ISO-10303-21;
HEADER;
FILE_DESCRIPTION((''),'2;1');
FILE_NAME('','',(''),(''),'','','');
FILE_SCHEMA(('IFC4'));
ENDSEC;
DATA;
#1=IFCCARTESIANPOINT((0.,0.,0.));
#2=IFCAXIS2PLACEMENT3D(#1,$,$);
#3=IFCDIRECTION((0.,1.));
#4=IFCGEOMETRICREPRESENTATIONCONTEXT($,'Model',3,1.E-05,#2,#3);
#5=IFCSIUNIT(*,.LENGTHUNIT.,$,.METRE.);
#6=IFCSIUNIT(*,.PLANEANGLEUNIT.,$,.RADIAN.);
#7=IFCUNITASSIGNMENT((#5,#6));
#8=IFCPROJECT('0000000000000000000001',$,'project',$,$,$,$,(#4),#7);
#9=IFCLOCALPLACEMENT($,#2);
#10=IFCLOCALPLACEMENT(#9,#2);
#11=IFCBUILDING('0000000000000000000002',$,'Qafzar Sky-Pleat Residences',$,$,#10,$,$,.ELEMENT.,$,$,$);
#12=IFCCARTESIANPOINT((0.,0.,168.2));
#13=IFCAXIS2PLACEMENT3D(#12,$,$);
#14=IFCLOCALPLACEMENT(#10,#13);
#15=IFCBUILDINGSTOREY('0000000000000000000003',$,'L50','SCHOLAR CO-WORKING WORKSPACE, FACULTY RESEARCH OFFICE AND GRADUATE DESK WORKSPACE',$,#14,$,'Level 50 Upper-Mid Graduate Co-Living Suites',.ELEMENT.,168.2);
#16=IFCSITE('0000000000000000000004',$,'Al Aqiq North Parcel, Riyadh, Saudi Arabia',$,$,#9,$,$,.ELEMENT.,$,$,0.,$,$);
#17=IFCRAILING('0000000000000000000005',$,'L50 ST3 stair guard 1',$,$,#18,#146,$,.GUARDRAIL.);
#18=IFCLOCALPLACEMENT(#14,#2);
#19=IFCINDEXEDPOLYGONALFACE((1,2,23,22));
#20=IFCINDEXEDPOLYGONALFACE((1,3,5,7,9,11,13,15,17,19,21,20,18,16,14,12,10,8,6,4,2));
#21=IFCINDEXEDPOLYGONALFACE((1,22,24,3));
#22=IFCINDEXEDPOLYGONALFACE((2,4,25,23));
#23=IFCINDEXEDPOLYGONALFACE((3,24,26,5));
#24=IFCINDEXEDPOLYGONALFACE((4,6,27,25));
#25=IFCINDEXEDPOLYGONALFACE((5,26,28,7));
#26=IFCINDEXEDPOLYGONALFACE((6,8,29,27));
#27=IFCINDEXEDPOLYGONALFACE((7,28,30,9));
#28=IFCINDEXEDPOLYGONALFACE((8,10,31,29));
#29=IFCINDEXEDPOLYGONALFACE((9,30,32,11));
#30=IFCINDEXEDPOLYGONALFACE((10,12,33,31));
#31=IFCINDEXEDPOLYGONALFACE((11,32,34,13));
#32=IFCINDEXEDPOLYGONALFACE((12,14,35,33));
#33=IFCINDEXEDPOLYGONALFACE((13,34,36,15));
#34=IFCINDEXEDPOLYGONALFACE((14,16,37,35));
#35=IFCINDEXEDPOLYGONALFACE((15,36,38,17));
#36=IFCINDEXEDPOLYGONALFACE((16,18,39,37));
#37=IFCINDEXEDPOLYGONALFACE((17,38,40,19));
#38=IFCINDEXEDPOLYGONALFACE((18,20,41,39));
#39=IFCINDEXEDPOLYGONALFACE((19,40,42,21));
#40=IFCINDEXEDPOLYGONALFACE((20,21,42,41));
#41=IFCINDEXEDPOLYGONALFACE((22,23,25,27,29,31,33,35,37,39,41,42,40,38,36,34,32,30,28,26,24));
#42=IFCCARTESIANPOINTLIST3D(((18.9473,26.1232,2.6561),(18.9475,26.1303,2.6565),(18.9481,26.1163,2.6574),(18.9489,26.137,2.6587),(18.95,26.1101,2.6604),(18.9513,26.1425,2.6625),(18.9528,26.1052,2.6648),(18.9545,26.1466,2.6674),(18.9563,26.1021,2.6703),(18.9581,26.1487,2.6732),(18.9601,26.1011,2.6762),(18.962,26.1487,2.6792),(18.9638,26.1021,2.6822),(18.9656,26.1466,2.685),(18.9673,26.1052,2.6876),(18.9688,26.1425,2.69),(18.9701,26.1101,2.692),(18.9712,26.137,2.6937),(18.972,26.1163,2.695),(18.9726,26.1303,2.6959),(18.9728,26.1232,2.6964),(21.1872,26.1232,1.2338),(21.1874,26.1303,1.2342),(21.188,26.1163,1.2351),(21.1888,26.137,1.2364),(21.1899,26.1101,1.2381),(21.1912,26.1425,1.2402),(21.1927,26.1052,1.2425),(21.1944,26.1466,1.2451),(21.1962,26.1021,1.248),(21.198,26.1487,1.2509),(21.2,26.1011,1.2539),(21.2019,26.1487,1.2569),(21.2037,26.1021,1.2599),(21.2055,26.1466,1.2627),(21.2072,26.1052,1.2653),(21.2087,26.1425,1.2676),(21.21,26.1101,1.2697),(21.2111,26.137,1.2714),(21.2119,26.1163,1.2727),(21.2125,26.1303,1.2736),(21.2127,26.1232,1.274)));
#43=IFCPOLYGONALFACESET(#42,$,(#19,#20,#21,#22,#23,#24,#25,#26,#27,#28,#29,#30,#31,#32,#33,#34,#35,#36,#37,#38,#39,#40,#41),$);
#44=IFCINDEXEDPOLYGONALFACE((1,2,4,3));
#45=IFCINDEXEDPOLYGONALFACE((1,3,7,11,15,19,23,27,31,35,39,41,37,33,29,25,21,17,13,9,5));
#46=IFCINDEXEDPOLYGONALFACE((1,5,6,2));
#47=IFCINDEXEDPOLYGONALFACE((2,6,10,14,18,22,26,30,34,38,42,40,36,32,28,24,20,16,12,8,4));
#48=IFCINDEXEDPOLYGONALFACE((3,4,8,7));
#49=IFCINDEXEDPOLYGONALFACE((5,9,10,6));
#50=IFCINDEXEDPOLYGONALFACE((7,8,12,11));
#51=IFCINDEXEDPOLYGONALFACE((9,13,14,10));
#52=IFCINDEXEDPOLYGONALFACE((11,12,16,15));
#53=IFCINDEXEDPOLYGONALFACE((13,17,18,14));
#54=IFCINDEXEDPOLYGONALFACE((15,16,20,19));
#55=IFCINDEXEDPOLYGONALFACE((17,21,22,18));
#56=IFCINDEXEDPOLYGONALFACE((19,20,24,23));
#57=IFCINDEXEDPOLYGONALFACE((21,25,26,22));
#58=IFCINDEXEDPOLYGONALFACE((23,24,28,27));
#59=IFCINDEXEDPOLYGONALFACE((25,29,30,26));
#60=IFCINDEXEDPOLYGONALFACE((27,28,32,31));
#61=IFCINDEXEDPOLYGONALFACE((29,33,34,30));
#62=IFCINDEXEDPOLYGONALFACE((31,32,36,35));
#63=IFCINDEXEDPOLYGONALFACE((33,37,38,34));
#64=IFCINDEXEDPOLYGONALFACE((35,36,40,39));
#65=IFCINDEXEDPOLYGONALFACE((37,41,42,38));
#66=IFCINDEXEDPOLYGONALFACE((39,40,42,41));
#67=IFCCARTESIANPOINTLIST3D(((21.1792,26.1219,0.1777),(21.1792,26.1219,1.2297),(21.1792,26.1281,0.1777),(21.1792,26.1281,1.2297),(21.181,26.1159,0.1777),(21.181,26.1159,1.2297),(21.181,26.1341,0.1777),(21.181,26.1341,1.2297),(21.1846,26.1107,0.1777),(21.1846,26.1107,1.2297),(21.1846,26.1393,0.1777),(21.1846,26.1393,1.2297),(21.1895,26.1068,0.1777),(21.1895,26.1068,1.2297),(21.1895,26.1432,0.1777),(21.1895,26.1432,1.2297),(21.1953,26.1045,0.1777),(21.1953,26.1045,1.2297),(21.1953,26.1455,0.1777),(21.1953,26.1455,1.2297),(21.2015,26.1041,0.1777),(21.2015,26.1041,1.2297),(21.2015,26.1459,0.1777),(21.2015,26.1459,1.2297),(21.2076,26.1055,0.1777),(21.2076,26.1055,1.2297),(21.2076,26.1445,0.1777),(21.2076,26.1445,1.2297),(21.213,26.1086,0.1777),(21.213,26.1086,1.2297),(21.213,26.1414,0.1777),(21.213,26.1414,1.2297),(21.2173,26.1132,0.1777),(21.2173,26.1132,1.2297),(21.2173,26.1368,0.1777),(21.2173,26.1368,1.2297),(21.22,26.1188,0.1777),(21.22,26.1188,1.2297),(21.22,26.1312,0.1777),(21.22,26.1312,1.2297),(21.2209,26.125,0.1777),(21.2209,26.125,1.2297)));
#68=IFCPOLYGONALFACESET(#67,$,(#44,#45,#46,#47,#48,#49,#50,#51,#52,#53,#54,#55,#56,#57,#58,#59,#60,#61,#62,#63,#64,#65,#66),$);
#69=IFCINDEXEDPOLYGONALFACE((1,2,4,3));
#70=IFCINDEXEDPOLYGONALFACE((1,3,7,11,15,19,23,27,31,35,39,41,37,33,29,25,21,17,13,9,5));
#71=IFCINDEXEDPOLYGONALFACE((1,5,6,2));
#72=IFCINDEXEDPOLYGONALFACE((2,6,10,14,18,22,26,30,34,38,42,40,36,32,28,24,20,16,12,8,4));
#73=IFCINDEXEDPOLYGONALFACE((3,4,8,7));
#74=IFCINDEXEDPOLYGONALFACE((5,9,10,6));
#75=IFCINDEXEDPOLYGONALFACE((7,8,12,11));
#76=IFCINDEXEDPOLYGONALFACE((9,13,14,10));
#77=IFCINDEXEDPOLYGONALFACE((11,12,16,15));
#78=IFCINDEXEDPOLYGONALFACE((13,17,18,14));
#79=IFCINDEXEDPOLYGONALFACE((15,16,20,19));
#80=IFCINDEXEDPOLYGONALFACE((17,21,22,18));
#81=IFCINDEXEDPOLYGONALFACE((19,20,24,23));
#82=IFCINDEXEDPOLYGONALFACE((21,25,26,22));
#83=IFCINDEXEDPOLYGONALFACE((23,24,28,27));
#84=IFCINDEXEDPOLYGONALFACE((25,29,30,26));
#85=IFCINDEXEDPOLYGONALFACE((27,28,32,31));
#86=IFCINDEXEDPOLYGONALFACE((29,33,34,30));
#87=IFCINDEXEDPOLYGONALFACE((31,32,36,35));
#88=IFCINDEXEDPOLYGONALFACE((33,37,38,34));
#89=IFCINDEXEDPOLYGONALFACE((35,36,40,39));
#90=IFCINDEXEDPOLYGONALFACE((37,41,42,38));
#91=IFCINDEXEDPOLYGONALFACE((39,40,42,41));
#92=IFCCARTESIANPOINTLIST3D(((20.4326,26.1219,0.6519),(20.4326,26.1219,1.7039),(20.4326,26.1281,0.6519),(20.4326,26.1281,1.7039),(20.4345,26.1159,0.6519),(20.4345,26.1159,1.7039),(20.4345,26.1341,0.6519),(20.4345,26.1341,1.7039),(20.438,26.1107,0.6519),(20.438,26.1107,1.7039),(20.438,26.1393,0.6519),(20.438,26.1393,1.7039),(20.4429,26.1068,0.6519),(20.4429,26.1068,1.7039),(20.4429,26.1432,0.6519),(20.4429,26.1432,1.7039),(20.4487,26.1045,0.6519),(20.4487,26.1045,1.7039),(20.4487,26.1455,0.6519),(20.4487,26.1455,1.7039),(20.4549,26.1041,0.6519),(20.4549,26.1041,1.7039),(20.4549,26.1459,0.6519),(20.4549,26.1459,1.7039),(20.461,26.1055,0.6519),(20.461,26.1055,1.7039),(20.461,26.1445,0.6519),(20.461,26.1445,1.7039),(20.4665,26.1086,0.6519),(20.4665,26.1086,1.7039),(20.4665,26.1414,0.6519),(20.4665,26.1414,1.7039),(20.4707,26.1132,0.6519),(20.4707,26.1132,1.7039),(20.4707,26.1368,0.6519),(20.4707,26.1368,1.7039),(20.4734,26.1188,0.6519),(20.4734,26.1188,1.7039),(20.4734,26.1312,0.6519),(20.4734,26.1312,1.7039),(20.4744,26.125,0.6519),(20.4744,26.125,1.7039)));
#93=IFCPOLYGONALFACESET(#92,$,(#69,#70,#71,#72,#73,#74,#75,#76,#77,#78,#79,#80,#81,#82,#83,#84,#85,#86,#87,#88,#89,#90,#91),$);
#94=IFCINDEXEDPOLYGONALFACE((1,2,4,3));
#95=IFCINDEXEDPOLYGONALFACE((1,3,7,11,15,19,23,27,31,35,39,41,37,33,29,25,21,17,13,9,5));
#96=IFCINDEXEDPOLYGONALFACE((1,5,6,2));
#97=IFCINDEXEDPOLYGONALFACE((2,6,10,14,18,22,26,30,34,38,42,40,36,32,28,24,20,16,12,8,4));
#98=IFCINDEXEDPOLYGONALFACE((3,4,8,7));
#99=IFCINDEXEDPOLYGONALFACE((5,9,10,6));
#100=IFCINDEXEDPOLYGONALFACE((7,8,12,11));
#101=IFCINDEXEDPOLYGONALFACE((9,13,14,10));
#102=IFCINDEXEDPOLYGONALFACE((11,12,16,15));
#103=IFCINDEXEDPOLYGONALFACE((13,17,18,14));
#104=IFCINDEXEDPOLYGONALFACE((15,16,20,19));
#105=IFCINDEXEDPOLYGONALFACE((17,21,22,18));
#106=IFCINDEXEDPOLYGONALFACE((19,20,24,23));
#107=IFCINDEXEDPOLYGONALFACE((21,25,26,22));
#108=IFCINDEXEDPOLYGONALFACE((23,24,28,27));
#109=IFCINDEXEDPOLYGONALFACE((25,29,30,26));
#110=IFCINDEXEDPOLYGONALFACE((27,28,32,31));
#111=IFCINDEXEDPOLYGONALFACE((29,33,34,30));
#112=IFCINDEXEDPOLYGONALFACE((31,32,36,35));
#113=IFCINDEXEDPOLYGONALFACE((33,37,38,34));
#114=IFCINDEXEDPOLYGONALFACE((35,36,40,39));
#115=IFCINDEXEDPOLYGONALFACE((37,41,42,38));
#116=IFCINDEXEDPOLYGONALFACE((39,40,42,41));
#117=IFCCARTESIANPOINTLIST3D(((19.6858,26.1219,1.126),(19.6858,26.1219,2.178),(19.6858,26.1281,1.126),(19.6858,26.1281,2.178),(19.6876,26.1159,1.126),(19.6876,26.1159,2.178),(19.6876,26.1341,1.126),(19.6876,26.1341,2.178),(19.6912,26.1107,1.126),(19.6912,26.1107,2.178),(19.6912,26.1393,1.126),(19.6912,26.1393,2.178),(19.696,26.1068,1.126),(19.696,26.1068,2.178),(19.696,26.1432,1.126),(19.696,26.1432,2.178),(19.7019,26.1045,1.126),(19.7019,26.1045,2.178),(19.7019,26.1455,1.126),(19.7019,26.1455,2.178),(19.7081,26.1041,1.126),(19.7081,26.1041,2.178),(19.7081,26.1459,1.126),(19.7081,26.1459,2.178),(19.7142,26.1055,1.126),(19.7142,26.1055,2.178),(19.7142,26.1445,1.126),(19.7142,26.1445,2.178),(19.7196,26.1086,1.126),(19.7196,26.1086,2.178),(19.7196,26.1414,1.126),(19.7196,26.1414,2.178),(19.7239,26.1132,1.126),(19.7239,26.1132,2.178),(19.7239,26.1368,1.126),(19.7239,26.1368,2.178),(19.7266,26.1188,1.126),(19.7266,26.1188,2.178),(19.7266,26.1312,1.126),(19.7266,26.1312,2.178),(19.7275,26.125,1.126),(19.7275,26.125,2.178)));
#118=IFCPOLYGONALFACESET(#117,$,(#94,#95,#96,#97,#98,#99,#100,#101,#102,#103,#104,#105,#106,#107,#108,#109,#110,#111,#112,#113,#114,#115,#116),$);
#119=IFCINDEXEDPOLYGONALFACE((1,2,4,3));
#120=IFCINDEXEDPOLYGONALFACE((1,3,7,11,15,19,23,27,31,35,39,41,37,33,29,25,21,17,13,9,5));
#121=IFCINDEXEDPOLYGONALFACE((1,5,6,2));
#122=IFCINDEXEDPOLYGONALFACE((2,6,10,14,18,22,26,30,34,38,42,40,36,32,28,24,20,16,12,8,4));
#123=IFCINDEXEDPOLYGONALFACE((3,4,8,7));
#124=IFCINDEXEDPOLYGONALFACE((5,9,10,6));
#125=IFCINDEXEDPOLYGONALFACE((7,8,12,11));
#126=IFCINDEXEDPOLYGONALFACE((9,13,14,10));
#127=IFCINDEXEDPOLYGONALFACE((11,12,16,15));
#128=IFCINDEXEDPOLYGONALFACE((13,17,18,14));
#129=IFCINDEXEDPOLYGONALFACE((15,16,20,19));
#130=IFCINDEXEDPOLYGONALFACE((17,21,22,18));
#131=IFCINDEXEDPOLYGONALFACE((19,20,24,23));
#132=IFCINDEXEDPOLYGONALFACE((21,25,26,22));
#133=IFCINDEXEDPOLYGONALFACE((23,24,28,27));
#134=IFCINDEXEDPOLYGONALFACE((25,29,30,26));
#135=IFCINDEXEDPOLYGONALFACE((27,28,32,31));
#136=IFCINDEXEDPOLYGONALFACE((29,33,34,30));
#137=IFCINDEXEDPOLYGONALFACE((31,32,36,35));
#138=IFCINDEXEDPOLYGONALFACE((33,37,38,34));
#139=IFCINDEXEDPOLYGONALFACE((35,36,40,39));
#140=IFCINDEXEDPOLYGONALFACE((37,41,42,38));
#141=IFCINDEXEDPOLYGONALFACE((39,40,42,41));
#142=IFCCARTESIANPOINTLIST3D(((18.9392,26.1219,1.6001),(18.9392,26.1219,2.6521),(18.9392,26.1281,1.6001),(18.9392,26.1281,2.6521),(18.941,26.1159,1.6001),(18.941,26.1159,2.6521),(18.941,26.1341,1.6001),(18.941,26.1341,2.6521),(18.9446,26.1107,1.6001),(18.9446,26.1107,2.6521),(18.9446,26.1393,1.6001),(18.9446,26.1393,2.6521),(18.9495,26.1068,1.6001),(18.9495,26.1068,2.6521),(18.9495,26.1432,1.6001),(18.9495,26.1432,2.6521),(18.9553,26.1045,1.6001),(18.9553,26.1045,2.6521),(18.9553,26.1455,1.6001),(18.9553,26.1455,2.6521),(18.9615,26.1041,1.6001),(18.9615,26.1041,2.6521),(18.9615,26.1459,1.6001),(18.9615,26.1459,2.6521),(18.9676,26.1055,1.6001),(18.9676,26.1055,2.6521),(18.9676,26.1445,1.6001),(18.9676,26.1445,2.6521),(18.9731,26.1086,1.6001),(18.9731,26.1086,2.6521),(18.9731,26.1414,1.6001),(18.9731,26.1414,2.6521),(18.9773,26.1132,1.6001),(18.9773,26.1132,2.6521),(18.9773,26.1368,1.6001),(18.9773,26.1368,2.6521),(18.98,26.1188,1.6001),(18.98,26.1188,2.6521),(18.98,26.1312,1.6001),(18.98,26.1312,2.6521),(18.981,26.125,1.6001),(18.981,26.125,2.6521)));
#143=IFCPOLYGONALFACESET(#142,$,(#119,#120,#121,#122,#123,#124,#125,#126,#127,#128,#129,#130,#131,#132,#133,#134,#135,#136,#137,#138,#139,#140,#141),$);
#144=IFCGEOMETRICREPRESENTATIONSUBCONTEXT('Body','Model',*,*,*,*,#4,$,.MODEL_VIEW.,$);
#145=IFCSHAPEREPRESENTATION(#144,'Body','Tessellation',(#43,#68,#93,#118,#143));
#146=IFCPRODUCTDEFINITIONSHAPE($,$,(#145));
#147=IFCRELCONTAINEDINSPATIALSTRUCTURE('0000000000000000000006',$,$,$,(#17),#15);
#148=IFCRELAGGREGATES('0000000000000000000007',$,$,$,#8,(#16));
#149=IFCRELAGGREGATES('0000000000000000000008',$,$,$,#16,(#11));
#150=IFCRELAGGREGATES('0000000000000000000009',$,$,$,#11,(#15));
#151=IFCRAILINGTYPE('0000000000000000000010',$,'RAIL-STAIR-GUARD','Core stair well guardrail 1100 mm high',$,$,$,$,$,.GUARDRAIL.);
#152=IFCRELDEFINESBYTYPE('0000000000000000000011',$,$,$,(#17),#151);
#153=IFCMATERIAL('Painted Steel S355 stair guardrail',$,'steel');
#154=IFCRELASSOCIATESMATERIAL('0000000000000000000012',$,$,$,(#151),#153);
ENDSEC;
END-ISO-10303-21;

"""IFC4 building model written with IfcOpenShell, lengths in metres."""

from ifc_helpers import new_model, si_unit, direction, frame, origin, origin_2d, place, context, subcontext, project, spatial, circle, extrude, source, transform, mapped, material, type_object, element, save


model = new_model("IFC4")

# Units and contexts
model_context = context("Model", 3, precision=1e-05, world=origin(), true_north=direction((0.0, 1.0)))
body_context = subcontext(model_context, "Body", "Model", "MODEL_VIEW")
ifc_project = project(units=[si_unit("LENGTHUNIT", "METRE"), si_unit("PLANEANGLEUNIT", "RADIAN")], contexts=[model_context])

# Site, building, storey
site_placement = place(None, origin())
site = spatial("IfcSite", under=ifc_project, at=site_placement, Name="Al Aqiq North Parcel, Riyadh, Saudi Arabia", CompositionType="ELEMENT", RefElevation=0.0)
building_placement = place(site_placement, origin())
building = spatial("IfcBuilding", under=site, at=building_placement, Name="Qafzar Sky-Pleat Residences", CompositionType="ELEMENT")
storey_placement = place(building_placement, frame((0.0, 0.0, 168.2)))
storey = spatial("IfcBuildingStorey", under=building, at=storey_placement, Name="L50", Description="SCHOLAR CO-WORKING WORKSPACE, FACULTY RESEARCH OFFICE AND GRADUATE DESK WORKSPACE", LongName="Level 50 Upper-Mid Graduate Co-Living Suites", CompositionType="ELEMENT", Elevation=168.2)

# Railing
ifc_material_1 = material(Name="Painted Steel S355 stair guardrail", Category="steel")
railing_type = type_object("IfcRailingType", Name="RAIL-STAIR-GUARD", Description="Core stair well guardrail 1100 mm high", PredefinedType="GUARDRAIL", material=ifc_material_1)
shared_shape_1 = source(origin(), body_context, "Body", "SweptSolid", [
    extrude(circle(Radius=0.0239, at=origin_2d()), frame((0.0, 0.0, 1.0762), z_axis=(-0.844188, 0.0, 0.536048), x_axis=(0.0, -1.0, 0.0)), (0.0, 0.0, 1.0), 2.6533),
    extrude(circle(Radius=0.021, at=origin_2d()), origin(), (0.0, 0.0, 1.0), 1.052),
    extrude(circle(Radius=0.021, at=origin_2d()), frame((-0.7466, 0.0, 0.4741)), (0.0, 0.0, 1.0), 1.052),
    extrude(circle(Radius=0.021, at=origin_2d()), frame((-1.4934, 0.0, 0.9482)), (0.0, 0.0, 1.0), 1.052),
    extrude(circle(Radius=0.021, at=origin_2d()), frame((-2.24, 0.0, 1.4224)), (0.0, 0.0, 1.0), 1.052),
])
railing_1_placement = place(storey_placement, frame((21.2, 26.125, 0.1777)))
element("IfcRailing", 1, at=railing_1_placement, inside=storey, type_object=railing_type, Name="L50 ST3 stair guard 1", PredefinedType="GUARDRAIL", context=body_context, shape_type="MappedRepresentation", body=[
    mapped(shared_shape_1, transform((0.0, 0.0, 0.0), x_axis=(1.0, 0.0, 0.0), y_axis=(0.0, 1.0, 0.0), z_axis=(0.0, 0.0, 1.0), scale=1.0)),
])

save(model, "model.ifc")
